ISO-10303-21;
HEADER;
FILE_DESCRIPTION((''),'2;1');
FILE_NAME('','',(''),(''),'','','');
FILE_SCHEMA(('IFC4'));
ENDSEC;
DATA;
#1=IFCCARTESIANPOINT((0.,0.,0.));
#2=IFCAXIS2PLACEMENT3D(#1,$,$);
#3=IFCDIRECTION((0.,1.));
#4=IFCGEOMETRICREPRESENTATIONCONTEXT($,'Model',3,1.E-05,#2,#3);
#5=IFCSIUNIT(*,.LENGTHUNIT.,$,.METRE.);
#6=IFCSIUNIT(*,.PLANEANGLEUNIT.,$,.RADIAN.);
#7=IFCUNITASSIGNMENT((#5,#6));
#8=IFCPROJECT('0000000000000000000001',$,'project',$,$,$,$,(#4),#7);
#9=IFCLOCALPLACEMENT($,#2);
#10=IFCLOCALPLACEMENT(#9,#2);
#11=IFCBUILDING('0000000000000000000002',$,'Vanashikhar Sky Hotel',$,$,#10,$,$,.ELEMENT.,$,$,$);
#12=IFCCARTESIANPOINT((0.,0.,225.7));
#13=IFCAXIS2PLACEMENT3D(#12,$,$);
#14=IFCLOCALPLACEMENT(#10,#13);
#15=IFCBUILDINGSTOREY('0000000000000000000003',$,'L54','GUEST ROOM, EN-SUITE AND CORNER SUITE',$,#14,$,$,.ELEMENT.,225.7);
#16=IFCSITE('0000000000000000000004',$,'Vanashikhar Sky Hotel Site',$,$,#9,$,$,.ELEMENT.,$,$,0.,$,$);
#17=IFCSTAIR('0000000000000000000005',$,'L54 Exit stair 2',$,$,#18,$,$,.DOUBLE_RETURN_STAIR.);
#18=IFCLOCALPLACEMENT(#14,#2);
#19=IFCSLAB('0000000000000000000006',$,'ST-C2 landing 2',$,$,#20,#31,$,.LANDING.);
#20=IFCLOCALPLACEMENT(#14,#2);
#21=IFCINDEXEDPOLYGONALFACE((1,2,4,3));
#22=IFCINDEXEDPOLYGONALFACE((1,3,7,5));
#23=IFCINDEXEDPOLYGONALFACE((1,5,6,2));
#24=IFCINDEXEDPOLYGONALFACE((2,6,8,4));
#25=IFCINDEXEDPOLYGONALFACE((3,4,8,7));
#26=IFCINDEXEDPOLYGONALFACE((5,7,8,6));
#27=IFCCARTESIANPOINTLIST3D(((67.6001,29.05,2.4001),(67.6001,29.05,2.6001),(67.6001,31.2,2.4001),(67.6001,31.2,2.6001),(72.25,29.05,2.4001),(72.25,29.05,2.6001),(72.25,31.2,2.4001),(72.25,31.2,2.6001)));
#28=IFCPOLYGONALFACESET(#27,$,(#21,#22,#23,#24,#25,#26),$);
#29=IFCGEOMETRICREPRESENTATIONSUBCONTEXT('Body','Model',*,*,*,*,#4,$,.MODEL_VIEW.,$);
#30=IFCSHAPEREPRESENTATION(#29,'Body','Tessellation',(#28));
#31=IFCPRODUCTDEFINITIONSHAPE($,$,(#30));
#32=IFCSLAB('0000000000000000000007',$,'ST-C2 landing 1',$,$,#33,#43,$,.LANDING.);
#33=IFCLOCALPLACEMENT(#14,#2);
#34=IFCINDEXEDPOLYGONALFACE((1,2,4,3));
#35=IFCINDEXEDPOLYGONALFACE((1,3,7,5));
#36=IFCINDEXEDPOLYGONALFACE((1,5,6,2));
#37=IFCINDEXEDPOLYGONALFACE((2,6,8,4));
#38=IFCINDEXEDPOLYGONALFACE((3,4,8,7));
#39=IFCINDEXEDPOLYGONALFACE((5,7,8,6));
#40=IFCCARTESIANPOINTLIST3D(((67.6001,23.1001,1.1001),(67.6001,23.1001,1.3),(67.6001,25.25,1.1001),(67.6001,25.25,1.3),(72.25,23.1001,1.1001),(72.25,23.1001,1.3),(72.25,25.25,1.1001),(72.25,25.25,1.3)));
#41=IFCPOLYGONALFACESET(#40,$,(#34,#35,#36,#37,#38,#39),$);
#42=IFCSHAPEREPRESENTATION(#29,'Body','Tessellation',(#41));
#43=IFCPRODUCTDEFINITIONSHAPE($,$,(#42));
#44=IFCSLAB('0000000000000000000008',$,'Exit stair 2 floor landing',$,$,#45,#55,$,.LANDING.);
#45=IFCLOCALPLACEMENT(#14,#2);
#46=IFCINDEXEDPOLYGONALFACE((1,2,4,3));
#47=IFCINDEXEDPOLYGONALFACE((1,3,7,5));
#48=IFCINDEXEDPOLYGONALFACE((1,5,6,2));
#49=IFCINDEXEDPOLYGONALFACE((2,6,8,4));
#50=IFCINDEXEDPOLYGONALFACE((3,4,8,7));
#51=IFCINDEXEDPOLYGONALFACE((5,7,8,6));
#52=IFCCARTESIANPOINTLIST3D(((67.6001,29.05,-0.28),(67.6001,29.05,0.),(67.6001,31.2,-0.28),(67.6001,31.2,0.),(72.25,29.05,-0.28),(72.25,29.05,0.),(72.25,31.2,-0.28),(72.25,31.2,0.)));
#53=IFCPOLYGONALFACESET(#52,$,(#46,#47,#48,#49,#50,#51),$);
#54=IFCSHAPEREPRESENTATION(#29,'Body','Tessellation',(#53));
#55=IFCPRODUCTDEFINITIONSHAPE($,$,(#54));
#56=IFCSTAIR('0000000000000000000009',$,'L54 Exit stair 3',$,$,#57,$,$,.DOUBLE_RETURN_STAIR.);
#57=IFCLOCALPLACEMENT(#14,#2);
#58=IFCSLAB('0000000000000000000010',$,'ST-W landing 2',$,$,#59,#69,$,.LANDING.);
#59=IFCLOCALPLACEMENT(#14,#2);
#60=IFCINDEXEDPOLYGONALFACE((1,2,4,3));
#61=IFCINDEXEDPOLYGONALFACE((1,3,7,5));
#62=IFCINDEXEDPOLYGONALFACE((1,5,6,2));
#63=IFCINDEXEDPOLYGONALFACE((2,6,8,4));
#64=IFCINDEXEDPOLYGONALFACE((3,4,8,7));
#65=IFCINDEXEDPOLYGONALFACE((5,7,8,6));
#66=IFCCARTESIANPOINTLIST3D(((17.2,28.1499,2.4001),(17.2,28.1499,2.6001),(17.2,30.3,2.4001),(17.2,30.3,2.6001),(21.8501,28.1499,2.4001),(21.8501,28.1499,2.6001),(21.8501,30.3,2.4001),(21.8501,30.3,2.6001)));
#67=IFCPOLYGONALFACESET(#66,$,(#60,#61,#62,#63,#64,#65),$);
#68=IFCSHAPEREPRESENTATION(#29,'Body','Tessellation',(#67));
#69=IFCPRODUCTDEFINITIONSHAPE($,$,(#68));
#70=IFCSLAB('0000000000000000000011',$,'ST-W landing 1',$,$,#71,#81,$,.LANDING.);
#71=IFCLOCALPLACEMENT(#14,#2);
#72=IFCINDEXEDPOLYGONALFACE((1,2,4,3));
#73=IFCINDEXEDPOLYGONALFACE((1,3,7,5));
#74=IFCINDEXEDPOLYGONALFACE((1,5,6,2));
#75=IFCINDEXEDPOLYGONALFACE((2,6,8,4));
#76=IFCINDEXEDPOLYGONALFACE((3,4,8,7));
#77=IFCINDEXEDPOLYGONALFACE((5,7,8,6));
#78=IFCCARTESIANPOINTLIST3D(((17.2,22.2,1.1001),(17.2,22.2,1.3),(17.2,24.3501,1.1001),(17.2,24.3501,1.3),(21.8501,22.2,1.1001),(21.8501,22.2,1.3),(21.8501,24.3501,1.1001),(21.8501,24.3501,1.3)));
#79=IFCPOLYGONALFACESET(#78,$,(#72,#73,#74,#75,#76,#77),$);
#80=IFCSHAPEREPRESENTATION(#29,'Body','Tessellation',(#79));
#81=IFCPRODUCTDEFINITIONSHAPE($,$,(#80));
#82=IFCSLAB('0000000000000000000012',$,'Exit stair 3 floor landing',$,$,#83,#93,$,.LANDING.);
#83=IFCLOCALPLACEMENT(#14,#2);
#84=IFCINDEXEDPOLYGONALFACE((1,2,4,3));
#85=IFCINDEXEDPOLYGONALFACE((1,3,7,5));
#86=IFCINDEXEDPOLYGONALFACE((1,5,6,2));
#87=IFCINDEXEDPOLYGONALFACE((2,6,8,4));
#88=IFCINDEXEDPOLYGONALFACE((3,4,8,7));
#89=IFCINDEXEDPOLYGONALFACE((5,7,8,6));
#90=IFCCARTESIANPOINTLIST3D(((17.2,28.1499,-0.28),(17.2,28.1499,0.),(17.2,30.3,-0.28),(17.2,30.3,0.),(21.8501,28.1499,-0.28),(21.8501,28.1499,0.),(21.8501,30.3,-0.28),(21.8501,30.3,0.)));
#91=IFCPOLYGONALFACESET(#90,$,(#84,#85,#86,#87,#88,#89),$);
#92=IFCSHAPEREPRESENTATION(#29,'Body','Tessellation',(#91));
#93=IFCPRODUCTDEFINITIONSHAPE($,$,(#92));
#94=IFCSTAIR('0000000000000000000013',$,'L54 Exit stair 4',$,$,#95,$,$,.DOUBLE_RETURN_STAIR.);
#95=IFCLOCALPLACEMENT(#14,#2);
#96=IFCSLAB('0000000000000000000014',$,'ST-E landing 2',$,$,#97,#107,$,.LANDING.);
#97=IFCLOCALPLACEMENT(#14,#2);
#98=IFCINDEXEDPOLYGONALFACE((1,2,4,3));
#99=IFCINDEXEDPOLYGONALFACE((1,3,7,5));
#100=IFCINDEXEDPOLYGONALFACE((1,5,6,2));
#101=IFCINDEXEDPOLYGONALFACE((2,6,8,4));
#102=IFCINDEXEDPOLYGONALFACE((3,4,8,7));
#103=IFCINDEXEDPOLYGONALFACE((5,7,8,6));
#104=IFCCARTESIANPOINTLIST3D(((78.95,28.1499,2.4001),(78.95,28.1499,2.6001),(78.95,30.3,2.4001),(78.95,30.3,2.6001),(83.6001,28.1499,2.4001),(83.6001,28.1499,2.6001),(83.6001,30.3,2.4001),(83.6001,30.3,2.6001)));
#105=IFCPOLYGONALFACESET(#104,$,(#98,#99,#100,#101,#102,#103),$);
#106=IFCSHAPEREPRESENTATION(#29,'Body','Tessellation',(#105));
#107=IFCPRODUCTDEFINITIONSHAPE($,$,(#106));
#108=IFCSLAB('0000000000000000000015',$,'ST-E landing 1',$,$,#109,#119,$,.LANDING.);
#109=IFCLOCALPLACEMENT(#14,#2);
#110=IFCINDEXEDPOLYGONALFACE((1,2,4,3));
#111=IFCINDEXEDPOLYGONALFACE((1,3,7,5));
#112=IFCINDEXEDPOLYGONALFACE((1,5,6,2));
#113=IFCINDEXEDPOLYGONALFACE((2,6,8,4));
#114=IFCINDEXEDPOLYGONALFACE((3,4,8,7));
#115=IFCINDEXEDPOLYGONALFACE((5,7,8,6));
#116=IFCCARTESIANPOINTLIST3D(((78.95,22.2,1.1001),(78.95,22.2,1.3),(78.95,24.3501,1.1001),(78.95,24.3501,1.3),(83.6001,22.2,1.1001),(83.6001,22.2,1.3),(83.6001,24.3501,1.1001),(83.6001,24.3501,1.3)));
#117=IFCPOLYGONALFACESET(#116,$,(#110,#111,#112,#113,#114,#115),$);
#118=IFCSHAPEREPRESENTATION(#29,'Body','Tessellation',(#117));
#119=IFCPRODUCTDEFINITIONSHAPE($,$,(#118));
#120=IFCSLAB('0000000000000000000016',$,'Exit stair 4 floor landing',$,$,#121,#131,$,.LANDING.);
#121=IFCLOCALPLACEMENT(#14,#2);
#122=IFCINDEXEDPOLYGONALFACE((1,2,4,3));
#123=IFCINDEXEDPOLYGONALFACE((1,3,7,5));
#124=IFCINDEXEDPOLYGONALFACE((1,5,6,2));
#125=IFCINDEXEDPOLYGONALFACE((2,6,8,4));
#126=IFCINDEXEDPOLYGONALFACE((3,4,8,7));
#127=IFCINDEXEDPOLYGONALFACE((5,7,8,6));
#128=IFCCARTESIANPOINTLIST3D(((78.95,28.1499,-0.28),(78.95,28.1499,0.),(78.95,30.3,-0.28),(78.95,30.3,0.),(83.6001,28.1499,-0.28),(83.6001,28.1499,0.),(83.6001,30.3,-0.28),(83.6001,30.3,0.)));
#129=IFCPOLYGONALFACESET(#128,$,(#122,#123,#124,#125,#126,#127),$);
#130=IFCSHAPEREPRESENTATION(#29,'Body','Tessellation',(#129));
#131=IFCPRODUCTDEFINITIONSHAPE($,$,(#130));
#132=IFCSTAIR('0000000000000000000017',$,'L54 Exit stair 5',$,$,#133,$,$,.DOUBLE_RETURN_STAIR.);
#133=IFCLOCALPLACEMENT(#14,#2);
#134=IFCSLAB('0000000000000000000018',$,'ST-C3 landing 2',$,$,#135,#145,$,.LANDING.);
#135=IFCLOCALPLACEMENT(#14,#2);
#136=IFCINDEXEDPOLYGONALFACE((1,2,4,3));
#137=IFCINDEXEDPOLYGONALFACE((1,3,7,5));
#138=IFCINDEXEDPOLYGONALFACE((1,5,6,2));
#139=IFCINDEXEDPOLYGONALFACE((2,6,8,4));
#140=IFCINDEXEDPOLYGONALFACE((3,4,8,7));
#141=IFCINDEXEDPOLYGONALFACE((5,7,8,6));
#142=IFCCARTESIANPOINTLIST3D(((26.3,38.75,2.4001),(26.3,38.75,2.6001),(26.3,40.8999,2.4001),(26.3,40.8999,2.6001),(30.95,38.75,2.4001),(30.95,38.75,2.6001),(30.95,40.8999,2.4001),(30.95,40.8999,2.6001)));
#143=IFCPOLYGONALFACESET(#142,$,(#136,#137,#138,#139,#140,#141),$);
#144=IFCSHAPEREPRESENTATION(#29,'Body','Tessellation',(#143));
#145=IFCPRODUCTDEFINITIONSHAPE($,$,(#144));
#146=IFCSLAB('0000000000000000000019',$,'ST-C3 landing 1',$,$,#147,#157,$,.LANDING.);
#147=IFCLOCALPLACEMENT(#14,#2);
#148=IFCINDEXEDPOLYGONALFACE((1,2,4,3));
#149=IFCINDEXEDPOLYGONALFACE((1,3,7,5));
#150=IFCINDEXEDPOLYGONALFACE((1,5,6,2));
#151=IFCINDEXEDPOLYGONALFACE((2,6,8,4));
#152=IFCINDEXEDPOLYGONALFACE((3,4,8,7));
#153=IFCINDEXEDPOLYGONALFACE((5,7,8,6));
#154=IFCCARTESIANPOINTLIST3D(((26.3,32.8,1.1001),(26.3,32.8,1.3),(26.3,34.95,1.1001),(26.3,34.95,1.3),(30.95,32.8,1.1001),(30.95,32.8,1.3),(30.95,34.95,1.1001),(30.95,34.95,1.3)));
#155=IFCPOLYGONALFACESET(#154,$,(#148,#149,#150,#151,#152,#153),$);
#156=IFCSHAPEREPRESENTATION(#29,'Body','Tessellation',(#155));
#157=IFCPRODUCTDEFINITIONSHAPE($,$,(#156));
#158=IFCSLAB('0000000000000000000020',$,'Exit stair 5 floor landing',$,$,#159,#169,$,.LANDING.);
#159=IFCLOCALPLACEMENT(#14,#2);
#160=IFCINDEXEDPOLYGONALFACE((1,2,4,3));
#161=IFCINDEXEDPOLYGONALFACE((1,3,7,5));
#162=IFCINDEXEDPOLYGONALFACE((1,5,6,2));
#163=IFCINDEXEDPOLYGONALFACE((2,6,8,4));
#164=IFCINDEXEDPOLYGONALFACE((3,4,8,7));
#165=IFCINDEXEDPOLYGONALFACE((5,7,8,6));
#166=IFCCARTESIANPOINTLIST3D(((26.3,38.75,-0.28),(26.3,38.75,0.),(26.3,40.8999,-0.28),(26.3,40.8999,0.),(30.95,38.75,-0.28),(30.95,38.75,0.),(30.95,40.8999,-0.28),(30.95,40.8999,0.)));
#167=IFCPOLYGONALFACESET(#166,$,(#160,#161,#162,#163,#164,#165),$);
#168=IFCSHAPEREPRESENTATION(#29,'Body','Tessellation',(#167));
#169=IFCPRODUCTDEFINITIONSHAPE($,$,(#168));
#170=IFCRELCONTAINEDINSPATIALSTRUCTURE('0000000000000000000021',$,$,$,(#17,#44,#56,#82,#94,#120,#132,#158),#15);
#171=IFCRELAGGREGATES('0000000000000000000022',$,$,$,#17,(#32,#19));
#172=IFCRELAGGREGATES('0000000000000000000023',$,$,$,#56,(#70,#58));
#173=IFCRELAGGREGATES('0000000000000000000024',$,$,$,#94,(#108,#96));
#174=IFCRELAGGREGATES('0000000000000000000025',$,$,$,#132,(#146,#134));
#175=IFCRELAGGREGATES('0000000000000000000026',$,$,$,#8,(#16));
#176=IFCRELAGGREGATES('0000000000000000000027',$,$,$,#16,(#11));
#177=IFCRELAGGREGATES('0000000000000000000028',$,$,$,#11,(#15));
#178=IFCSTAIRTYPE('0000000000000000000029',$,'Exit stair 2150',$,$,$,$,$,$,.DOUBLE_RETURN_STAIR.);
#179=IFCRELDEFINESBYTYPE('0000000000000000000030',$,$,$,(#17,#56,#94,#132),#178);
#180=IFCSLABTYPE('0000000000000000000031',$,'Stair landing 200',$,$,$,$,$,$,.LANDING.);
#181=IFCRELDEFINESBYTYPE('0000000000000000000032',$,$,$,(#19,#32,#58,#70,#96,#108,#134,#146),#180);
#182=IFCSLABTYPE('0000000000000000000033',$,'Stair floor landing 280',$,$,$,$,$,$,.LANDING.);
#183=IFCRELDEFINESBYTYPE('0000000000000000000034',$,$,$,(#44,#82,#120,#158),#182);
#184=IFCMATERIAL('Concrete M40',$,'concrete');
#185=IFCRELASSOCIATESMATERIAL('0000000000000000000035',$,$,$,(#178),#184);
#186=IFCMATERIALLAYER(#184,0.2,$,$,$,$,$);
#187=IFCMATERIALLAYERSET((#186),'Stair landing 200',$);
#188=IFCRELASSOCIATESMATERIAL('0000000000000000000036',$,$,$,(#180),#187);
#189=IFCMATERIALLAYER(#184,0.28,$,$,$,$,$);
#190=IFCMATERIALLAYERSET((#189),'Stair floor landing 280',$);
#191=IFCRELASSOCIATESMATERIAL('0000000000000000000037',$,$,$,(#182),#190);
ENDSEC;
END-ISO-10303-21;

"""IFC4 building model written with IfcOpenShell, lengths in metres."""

from ifc_helpers import new_model, si_unit, direction, frame, origin, place, context, subcontext, project, spatial, polyline, outline, extrude, source, transform, mapped, material, layer, layer_set, type_object, element, aggregate, save


model = new_model("IFC4")

# Units and contexts
model_context = context("Model", 3, precision=1e-05, world=origin(), true_north=direction((0.0, 1.0)))
body_context = subcontext(model_context, "Body", "Model", "MODEL_VIEW")
ifc_project = project(units=[si_unit("LENGTHUNIT", "METRE"), si_unit("PLANEANGLEUNIT", "RADIAN")], contexts=[model_context])

# Site, building, storey
site_placement = place(None, origin())
site = spatial("IfcSite", under=ifc_project, at=site_placement, Name="Vanashikhar Sky Hotel Site", CompositionType="ELEMENT", RefElevation=0.0)
building_placement = place(site_placement, origin())
building = spatial("IfcBuilding", under=site, at=building_placement, Name="Vanashikhar Sky Hotel", CompositionType="ELEMENT")
storey_placement = place(building_placement, frame((0.0, 0.0, 225.7)))
storey = spatial("IfcBuildingStorey", under=building, at=storey_placement, Name="L54", Description="GUEST ROOM, EN-SUITE AND CORNER SUITE", CompositionType="ELEMENT", Elevation=225.7)

# Shared definitions
ifc_material = material(Name="Concrete M40", Category="concrete")

# Shared definitions
stair_type = type_object("IfcStairType", Name="Exit stair 2150", PredefinedType="DOUBLE_RETURN_STAIR", material=ifc_material)
ifc_layer_1 = layer(ifc_material, 0.2)
ifc_layer_set_1 = layer_set([ifc_layer_1], Name="Stair landing 200")
slab_type_1 = type_object("IfcSlabType", Name="Stair landing 200", PredefinedType="LANDING", material=ifc_layer_set_1)

# Shared definitions
ifc_layer_2 = layer(ifc_material, 0.28)
ifc_layer_set_2 = layer_set([ifc_layer_2], Name="Stair floor landing 280")
slab_type_2 = type_object("IfcSlabType", Name="Stair floor landing 280", PredefinedType="LANDING", material=ifc_layer_set_2)

# Stair, slabs
stair_1_placement = place(storey_placement, origin())
stair_1 = element("IfcStair", 1, at=stair_1_placement, inside=storey, type_object=stair_type, Name="L54 Exit stair 2", PredefinedType="DOUBLE_RETURN_STAIR")
shared_shape_1 = source(origin(), body_context, "Body", "SweptSolid", [
    extrude(outline(polyline([(72.25, 29.05), (72.25, 31.2), (67.6001, 31.2), (67.6001, 29.05), (72.25, 29.05)])), origin(), (0.0, 0.0, 1.0), 0.2),
])
slab_1_placement = place(storey_placement, frame((0.0, 0.0, 2.4001)))
slab_1 = element("IfcSlab", 2, at=slab_1_placement, type_object=slab_type_1, Name="ST-C2 landing 2", PredefinedType="LANDING", context=body_context, shape_type="MappedRepresentation", body=[
    mapped(shared_shape_1, transform((0.0, 0.0, 0.0), scale=1.0)),
])
shared_shape_2 = source(origin(), body_context, "Body", "SweptSolid", [
    extrude(outline(polyline([(72.25, 23.1001), (72.25, 25.25), (67.6001, 25.25), (67.6001, 23.1001), (72.25, 23.1001)])), origin(), (0.0, 0.0, 1.0), 0.2),
])
slab_2_placement = place(storey_placement, frame((0.0, 0.0, 1.1001)))
slab_2 = element("IfcSlab", 3, at=slab_2_placement, type_object=slab_type_1, Name="ST-C2 landing 1", PredefinedType="LANDING", context=body_context, shape_type="MappedRepresentation", body=[
    mapped(shared_shape_2, transform((0.0, 0.0, 0.0), scale=1.0)),
])
aggregate(stair_1, [slab_2, slab_1])

# Slab
shared_shape_3 = source(origin(), body_context, "Body", "SweptSolid", [
    extrude(outline(polyline([(72.25, 29.05), (72.25, 31.2), (67.6001, 31.2), (67.6001, 29.05), (72.25, 29.05)])), origin(), (0.0, 0.0, 1.0), 0.28),
])
slab_3_placement = place(storey_placement, frame((0.0, 0.0, -0.28)))
element("IfcSlab", 4, at=slab_3_placement, inside=storey, type_object=slab_type_2, Name="Exit stair 2 floor landing", PredefinedType="LANDING", context=body_context, shape_type="MappedRepresentation", body=[
    mapped(shared_shape_3, transform((0.0, 0.0, 0.0), scale=1.0)),
])

# Stair, slabs
stair_2_placement = place(storey_placement, origin())
stair_2 = element("IfcStair", 5, at=stair_2_placement, inside=storey, type_object=stair_type, Name="L54 Exit stair 3", PredefinedType="DOUBLE_RETURN_STAIR")
shared_shape_4 = source(origin(), body_context, "Body", "SweptSolid", [
    extrude(outline(polyline([(21.8501, 28.1499), (21.8501, 30.3), (17.2, 30.3), (17.2, 28.1499), (21.8501, 28.1499)])), origin(), (0.0, 0.0, 1.0), 0.2),
])
slab_4_placement = place(storey_placement, frame((0.0, 0.0, 2.4001)))
slab_4 = element("IfcSlab", 6, at=slab_4_placement, type_object=slab_type_1, Name="ST-W landing 2", PredefinedType="LANDING", context=body_context, shape_type="MappedRepresentation", body=[
    mapped(shared_shape_4, transform((0.0, 0.0, 0.0), scale=1.0)),
])
shared_shape_5 = source(origin(), body_context, "Body", "SweptSolid", [
    extrude(outline(polyline([(21.8501, 22.2), (21.8501, 24.3501), (17.2, 24.3501), (17.2, 22.2), (21.8501, 22.2)])), origin(), (0.0, 0.0, 1.0), 0.2),
])
slab_5_placement = place(storey_placement, frame((0.0, 0.0, 1.1001)))
slab_5 = element("IfcSlab", 7, at=slab_5_placement, type_object=slab_type_1, Name="ST-W landing 1", PredefinedType="LANDING", context=body_context, shape_type="MappedRepresentation", body=[
    mapped(shared_shape_5, transform((0.0, 0.0, 0.0), scale=1.0)),
])
aggregate(stair_2, [slab_5, slab_4])

# Slab
shared_shape_6 = source(origin(), body_context, "Body", "SweptSolid", [
    extrude(outline(polyline([(21.8501, 28.1499), (21.8501, 30.3), (17.2, 30.3), (17.2, 28.1499), (21.8501, 28.1499)])), origin(), (0.0, 0.0, 1.0), 0.28),
])
slab_6_placement = place(storey_placement, frame((0.0, 0.0, -0.28)))
element("IfcSlab", 8, at=slab_6_placement, inside=storey, type_object=slab_type_2, Name="Exit stair 3 floor landing", PredefinedType="LANDING", context=body_context, shape_type="MappedRepresentation", body=[
    mapped(shared_shape_6, transform((0.0, 0.0, 0.0), scale=1.0)),
])

# Stair, slabs
stair_3_placement = place(storey_placement, origin())
stair_3 = element("IfcStair", 9, at=stair_3_placement, inside=storey, type_object=stair_type, Name="L54 Exit stair 4", PredefinedType="DOUBLE_RETURN_STAIR")
shared_shape_7 = source(origin(), body_context, "Body", "SweptSolid", [
    extrude(outline(polyline([(83.6001, 28.1499), (83.6001, 30.3), (78.95, 30.3), (78.95, 28.1499), (83.6001, 28.1499)])), origin(), (0.0, 0.0, 1.0), 0.2),
])
slab_7_placement = place(storey_placement, frame((0.0, 0.0, 2.4001)))
slab_7 = element("IfcSlab", 10, at=slab_7_placement, type_object=slab_type_1, Name="ST-E landing 2", PredefinedType="LANDING", context=body_context, shape_type="MappedRepresentation", body=[
    mapped(shared_shape_7, transform((0.0, 0.0, 0.0), scale=1.0)),
])
shared_shape_8 = source(origin(), body_context, "Body", "SweptSolid", [
    extrude(outline(polyline([(83.6001, 22.2), (83.6001, 24.3501), (78.95, 24.3501), (78.95, 22.2), (83.6001, 22.2)])), origin(), (0.0, 0.0, 1.0), 0.2),
])
slab_8_placement = place(storey_placement, frame((0.0, 0.0, 1.1001)))
slab_8 = element("IfcSlab", 11, at=slab_8_placement, type_object=slab_type_1, Name="ST-E landing 1", PredefinedType="LANDING", context=body_context, shape_type="MappedRepresentation", body=[
    mapped(shared_shape_8, transform((0.0, 0.0, 0.0), scale=1.0)),
])
aggregate(stair_3, [slab_8, slab_7])

# Slab
shared_shape_9 = source(origin(), body_context, "Body", "SweptSolid", [
    extrude(outline(polyline([(83.6001, 28.1499), (83.6001, 30.3), (78.95, 30.3), (78.95, 28.1499), (83.6001, 28.1499)])), origin(), (0.0, 0.0, 1.0), 0.28),
])
slab_9_placement = place(storey_placement, frame((0.0, 0.0, -0.28)))
element("IfcSlab", 12, at=slab_9_placement, inside=storey, type_object=slab_type_2, Name="Exit stair 4 floor landing", PredefinedType="LANDING", context=body_context, shape_type="MappedRepresentation", body=[
    mapped(shared_shape_9, transform((0.0, 0.0, 0.0), scale=1.0)),
])

# Stair, slabs
stair_4_placement = place(storey_placement, origin())
stair_4 = element("IfcStair", 13, at=stair_4_placement, inside=storey, type_object=stair_type, Name="L54 Exit stair 5", PredefinedType="DOUBLE_RETURN_STAIR")
shared_shape_10 = source(origin(), body_context, "Body", "SweptSolid", [
    extrude(outline(polyline([(30.95, 38.75), (30.95, 40.8999), (26.3, 40.8999), (26.3, 38.75), (30.95, 38.75)])), origin(), (0.0, 0.0, 1.0), 0.2),
])
slab_10_placement = place(storey_placement, frame((0.0, 0.0, 2.4001)))
slab_10 = element("IfcSlab", 14, at=slab_10_placement, type_object=slab_type_1, Name="ST-C3 landing 2", PredefinedType="LANDING", context=body_context, shape_type="MappedRepresentation", body=[
    mapped(shared_shape_10, transform((0.0, 0.0, 0.0), scale=1.0)),
])
shared_shape_11 = source(origin(), body_context, "Body", "SweptSolid", [
    extrude(outline(polyline([(30.95, 32.8), (30.95, 34.95), (26.3, 34.95), (26.3, 32.8), (30.95, 32.8)])), origin(), (0.0, 0.0, 1.0), 0.2),
])
slab_11_placement = place(storey_placement, frame((0.0, 0.0, 1.1001)))
slab_11 = element("IfcSlab", 15, at=slab_11_placement, type_object=slab_type_1, Name="ST-C3 landing 1", PredefinedType="LANDING", context=body_context, shape_type="MappedRepresentation", body=[
    mapped(shared_shape_11, transform((0.0, 0.0, 0.0), scale=1.0)),
])
aggregate(stair_4, [slab_11, slab_10])

# Slab
shared_shape_12 = source(origin(), body_context, "Body", "SweptSolid", [
    extrude(outline(polyline([(30.95, 38.75), (30.95, 40.8999), (26.3, 40.8999), (26.3, 38.75), (30.95, 38.75)])), origin(), (0.0, 0.0, 1.0), 0.28),
])
slab_12_placement = place(storey_placement, frame((0.0, 0.0, -0.28)))
element("IfcSlab", 16, at=slab_12_placement, inside=storey, type_object=slab_type_2, Name="Exit stair 5 floor landing", PredefinedType="LANDING", context=body_context, shape_type="MappedRepresentation", body=[
    mapped(shared_shape_12, transform((0.0, 0.0, 0.0), scale=1.0)),
])

save(model, "model.ifc")
